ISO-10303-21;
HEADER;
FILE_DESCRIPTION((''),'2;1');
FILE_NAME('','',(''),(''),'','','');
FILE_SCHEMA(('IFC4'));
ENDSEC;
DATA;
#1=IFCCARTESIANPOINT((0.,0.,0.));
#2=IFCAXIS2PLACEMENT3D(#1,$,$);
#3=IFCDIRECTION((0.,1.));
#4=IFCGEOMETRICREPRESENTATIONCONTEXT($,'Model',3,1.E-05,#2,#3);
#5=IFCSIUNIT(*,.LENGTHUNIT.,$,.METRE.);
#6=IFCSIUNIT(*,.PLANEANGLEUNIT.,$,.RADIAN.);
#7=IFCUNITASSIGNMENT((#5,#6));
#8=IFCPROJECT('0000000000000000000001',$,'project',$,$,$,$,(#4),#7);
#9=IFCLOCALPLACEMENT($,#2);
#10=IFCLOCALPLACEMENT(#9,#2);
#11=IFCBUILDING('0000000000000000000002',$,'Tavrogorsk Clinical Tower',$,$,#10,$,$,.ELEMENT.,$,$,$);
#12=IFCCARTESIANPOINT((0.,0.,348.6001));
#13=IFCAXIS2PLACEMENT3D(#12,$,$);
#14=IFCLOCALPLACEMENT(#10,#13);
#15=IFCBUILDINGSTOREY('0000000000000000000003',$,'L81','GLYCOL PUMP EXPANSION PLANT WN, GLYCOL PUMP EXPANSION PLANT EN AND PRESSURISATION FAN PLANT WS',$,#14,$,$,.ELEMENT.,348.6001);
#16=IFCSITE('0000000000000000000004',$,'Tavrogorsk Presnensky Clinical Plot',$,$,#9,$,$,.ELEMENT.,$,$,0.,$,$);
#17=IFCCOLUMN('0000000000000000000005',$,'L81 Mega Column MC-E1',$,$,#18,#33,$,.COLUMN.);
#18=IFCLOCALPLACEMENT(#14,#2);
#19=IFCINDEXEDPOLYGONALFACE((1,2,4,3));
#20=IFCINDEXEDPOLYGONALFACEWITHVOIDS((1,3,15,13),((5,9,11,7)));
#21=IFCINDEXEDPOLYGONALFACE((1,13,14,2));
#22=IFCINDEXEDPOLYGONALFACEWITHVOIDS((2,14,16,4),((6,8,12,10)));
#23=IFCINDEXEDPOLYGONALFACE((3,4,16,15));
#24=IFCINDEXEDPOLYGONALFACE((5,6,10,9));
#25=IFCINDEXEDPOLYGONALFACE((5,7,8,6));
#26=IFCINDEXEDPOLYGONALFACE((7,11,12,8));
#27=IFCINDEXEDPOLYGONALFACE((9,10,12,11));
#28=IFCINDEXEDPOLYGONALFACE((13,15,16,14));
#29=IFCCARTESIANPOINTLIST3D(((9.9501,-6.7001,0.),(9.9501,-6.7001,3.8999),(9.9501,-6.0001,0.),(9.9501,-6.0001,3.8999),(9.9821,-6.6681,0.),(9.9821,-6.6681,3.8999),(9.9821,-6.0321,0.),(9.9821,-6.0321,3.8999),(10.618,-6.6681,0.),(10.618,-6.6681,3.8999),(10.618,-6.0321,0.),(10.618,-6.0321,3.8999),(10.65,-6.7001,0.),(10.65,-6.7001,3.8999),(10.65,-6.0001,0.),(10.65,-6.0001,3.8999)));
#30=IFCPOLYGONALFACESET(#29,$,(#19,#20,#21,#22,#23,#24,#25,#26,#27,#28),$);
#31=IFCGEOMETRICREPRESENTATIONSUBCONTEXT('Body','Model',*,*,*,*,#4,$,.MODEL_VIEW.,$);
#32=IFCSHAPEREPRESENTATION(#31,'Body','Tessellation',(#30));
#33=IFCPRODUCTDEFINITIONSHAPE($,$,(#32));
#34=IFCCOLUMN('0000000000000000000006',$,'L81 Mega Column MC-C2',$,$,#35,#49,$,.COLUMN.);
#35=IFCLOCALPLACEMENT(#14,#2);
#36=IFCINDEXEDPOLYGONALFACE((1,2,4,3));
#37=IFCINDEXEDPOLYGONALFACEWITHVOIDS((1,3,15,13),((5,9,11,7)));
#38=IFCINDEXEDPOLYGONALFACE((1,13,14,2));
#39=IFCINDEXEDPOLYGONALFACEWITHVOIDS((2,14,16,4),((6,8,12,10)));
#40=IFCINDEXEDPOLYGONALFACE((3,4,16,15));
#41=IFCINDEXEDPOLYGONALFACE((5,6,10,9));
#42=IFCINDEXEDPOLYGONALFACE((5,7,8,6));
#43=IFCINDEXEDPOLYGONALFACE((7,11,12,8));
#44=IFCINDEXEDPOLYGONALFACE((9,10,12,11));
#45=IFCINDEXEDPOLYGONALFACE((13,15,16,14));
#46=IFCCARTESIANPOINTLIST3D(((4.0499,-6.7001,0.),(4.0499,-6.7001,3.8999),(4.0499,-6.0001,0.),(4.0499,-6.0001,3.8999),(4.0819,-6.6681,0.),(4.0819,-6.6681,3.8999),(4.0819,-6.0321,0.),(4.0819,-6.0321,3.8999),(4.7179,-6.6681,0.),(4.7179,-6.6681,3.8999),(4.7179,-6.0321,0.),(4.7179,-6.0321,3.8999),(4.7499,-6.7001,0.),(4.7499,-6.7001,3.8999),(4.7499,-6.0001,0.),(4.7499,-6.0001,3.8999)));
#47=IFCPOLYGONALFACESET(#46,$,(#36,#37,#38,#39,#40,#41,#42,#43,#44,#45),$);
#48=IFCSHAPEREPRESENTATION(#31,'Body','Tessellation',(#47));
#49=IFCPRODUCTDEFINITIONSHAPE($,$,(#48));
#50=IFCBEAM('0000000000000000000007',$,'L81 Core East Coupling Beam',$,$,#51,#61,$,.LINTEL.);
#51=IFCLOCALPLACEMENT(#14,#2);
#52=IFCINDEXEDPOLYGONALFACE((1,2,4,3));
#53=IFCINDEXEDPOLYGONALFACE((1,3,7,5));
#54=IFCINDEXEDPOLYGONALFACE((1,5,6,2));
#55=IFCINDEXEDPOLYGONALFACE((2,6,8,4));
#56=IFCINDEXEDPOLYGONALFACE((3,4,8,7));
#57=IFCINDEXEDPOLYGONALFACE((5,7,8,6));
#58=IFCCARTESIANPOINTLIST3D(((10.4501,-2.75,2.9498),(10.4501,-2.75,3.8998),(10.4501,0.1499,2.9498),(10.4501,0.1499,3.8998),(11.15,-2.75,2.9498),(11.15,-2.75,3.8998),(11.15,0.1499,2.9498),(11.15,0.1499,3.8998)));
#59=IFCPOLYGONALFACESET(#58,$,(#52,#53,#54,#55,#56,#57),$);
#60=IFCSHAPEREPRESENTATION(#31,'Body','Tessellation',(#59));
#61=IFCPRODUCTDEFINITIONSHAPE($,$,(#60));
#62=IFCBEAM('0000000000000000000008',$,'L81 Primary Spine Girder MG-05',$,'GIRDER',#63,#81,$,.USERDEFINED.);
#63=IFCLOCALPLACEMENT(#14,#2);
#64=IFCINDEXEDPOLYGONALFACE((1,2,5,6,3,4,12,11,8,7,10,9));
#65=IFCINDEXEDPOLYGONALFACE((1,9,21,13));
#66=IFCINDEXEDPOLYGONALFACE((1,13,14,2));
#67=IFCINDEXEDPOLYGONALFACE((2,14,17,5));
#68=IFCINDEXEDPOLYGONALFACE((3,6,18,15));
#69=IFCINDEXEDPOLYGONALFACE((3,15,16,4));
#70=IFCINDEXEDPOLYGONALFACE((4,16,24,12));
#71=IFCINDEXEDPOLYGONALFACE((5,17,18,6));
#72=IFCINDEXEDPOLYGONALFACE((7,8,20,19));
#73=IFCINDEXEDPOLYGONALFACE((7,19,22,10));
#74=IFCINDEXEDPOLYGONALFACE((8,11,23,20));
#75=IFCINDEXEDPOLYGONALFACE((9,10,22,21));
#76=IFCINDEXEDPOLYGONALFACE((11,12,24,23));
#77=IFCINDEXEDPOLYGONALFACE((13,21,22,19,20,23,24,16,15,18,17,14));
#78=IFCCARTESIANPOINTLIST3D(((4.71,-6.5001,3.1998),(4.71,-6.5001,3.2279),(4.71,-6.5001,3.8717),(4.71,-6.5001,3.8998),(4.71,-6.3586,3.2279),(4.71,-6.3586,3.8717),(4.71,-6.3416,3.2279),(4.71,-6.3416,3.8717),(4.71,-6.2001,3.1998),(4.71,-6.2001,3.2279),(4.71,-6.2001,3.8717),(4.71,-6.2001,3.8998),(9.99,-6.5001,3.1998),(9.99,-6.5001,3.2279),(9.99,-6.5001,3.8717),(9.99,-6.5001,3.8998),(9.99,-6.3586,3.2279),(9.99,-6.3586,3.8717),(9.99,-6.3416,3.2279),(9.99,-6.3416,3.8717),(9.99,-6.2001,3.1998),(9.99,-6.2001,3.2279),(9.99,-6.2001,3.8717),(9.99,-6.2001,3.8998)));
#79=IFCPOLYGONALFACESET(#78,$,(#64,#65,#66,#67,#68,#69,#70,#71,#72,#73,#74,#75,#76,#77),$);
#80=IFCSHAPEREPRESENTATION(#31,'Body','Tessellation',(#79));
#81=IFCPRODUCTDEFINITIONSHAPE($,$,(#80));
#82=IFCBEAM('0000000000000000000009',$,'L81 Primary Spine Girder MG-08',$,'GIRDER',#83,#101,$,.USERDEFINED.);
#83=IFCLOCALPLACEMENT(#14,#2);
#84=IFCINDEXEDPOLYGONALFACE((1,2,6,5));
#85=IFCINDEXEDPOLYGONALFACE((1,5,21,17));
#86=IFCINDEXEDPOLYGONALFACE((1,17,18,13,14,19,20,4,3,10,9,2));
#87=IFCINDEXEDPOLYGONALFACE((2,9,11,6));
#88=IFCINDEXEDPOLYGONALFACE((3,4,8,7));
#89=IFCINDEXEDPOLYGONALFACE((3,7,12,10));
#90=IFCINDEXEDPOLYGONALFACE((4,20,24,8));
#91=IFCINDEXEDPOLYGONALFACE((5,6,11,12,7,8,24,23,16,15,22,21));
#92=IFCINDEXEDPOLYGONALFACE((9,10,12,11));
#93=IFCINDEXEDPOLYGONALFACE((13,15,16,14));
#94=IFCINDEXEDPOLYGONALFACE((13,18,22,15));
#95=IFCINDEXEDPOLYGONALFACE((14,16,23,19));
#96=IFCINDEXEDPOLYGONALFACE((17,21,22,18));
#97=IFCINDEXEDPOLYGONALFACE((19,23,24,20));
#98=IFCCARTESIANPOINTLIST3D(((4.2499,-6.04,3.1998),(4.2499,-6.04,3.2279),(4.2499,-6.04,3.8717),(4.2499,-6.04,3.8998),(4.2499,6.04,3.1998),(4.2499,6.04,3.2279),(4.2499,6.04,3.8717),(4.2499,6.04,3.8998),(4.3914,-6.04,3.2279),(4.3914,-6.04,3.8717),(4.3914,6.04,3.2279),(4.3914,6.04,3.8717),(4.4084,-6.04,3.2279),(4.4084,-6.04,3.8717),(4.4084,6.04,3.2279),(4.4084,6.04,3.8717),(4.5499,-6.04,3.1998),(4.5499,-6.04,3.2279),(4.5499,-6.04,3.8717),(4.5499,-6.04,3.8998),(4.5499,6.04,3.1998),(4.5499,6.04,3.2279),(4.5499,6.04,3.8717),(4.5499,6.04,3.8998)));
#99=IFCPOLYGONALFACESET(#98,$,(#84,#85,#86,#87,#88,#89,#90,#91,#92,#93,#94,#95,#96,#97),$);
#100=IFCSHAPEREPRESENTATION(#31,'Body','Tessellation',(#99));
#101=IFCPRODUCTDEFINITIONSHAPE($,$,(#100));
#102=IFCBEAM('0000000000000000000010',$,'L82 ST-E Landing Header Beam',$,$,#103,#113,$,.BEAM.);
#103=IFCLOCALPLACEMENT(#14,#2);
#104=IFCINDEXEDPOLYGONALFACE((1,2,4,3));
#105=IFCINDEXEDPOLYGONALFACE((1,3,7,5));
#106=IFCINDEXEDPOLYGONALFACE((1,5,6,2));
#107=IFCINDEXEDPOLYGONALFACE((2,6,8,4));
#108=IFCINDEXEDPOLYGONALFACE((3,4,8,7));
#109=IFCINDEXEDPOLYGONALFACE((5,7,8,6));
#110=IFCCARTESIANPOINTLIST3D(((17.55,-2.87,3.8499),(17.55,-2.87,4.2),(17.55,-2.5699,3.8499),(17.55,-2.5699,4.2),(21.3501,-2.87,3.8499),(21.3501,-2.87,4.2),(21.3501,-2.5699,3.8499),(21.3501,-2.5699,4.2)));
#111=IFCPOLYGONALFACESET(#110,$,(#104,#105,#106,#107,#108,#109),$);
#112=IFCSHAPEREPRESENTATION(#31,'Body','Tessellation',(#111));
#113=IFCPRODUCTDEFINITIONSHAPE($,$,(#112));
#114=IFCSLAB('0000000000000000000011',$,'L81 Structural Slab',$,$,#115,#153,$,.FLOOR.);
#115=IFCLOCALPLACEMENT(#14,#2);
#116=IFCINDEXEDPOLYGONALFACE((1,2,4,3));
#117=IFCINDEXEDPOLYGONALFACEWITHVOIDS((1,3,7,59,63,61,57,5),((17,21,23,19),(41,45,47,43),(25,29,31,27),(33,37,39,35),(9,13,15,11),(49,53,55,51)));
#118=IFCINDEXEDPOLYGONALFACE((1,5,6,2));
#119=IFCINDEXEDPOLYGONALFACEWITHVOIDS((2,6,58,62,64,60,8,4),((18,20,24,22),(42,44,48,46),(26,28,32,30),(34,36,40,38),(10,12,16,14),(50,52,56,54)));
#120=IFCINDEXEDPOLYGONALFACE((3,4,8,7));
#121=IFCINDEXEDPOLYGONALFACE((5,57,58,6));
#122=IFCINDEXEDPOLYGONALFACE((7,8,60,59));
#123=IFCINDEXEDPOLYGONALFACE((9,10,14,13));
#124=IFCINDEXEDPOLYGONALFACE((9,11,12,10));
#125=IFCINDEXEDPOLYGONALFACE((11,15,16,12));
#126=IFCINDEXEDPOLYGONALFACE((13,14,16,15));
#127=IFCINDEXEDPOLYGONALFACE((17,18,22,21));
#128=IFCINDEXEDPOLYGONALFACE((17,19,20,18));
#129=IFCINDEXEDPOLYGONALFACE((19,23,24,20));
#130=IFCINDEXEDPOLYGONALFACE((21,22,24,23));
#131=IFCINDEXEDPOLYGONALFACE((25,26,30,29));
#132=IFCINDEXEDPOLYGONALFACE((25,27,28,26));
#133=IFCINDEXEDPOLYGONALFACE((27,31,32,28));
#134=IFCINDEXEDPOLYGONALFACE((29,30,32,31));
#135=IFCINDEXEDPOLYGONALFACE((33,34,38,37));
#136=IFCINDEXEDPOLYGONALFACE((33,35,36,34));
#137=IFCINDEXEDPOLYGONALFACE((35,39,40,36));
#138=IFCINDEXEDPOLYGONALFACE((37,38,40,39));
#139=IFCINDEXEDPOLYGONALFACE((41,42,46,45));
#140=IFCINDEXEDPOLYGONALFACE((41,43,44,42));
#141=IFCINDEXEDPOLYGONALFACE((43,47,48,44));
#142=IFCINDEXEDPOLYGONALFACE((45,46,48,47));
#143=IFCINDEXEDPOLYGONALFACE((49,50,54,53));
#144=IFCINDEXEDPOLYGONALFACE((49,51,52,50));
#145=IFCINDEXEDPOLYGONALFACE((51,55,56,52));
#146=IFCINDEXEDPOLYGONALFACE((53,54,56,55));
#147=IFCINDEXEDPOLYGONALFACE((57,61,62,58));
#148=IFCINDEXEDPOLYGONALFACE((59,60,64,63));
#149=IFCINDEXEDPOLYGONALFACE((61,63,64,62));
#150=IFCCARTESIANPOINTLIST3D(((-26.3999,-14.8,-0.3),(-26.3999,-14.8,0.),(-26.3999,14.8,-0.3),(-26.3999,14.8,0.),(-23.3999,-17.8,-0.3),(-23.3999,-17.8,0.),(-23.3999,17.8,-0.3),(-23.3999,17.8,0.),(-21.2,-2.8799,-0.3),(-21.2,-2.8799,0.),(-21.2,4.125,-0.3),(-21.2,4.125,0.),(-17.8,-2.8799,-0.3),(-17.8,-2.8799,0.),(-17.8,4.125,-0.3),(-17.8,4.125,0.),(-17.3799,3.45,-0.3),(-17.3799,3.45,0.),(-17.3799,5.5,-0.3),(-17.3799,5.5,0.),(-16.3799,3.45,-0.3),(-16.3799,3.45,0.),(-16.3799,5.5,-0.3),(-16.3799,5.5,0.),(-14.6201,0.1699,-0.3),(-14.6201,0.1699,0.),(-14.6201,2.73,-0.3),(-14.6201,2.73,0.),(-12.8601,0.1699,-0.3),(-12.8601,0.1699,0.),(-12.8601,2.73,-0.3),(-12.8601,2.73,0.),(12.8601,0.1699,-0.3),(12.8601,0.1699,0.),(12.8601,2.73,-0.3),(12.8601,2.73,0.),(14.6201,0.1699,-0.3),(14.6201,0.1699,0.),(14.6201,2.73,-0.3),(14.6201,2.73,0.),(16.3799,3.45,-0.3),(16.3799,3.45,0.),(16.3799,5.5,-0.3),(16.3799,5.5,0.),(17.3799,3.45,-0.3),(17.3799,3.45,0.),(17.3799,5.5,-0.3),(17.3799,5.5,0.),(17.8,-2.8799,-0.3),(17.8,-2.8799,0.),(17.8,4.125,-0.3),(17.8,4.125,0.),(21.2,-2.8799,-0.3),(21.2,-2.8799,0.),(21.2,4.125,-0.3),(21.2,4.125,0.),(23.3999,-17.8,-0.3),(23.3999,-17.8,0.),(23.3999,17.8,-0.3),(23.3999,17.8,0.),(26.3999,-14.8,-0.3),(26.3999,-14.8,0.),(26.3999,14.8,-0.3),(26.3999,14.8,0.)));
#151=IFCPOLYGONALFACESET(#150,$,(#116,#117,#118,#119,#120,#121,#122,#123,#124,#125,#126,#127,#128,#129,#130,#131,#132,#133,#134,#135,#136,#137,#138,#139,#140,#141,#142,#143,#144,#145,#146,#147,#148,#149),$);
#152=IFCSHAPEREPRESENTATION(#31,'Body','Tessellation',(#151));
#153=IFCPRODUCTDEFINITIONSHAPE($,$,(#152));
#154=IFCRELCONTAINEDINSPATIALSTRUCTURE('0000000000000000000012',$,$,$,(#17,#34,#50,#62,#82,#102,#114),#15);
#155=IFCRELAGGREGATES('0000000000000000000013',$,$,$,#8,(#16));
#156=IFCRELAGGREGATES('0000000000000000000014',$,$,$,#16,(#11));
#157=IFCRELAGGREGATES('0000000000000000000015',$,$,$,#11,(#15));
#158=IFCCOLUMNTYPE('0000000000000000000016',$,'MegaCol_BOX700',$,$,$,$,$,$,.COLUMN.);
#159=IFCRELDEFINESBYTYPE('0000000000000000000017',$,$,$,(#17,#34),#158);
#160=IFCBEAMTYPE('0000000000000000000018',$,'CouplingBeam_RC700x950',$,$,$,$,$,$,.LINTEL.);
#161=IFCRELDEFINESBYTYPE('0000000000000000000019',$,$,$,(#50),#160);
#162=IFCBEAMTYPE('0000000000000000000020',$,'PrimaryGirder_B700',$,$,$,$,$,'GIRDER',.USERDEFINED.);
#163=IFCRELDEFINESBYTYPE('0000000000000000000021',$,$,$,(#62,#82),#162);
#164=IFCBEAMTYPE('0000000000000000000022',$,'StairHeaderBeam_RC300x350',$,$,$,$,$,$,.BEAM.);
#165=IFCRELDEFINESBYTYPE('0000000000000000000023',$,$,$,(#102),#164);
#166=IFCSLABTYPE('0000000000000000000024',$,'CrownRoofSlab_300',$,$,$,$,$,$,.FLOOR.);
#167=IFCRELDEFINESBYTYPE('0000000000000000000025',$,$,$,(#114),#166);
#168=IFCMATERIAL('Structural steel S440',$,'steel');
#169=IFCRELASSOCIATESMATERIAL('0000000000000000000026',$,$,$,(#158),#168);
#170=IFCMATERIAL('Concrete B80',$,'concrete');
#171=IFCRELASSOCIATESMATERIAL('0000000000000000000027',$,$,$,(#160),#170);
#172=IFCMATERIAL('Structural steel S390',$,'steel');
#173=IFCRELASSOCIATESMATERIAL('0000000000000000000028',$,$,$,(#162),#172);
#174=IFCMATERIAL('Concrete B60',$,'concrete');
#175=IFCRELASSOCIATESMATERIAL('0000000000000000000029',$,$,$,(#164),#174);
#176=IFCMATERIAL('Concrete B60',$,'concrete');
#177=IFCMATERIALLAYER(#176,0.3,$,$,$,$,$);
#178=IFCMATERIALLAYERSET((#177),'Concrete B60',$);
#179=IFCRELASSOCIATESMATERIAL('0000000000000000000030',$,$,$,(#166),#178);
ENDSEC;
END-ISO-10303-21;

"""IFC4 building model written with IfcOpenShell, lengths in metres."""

from ifc_helpers import new_model, si_unit, direction, frame, origin, origin_2d, place, context, subcontext, project, spatial, polyline, rectangle, hollow_rectangle, i_section, outline, extrude, material, layer, layer_set, material_profile, profile_set, type_object, element, save


model = new_model("IFC4")

# Units and contexts
model_context = context("Model", 3, precision=1e-05, world=origin(), true_north=direction((0.0, 1.0)))
body_context = subcontext(model_context, "Body", "Model", "MODEL_VIEW")
ifc_project = project(units=[si_unit("LENGTHUNIT", "METRE"), si_unit("PLANEANGLEUNIT", "RADIAN")], contexts=[model_context])

# Site, building, storey
site_placement = place(None, origin())
site = spatial("IfcSite", under=ifc_project, at=site_placement, Name="Tavrogorsk Presnensky Clinical Plot", CompositionType="ELEMENT", RefElevation=0.0)
building_placement = place(site_placement, origin())
building = spatial("IfcBuilding", under=site, at=building_placement, Name="Tavrogorsk Clinical Tower", CompositionType="ELEMENT")
storey_placement = place(building_placement, frame((0.0, 0.0, 348.6001)))
storey = spatial("IfcBuildingStorey", under=building, at=storey_placement, Name="L81", Description="GLYCOL PUMP EXPANSION PLANT WN, GLYCOL PUMP EXPANSION PLANT EN AND PRESSURISATION FAN PLANT WS", CompositionType="ELEMENT", Elevation=348.6001)

# Columns
ifc_material_1 = material(Name="Structural steel S440", Category="steel")
ifc_material_profile_1 = material_profile(ifc_material_1, hollow_rectangle(XDim=0.7, YDim=0.7, WallThickness=0.032, at=origin_2d()), Name="BOX-700x700x32")
ifc_profile_set_1 = profile_set([ifc_material_profile_1], Name="Structural steel S440")
column_type = type_object("IfcColumnType", Name="MegaCol_BOX700", PredefinedType="COLUMN", material=ifc_profile_set_1)
for number, where, z_axis, x_axis, name in (
    (1, (10.3, -6.3501, 0.0), (0.0, 0.0, 1.0), (1.0, 0.0, 0.0), "L81 Mega Column MC-E1"),
    (2, (4.3999, -6.3501, 0.0), (0.0, 0.0, 1.0), (1.0, 0.0, 0.0), "L81 Mega Column MC-C2"),
):
    element("IfcColumn", number, at=place(storey_placement, frame(where, z_axis=z_axis, x_axis=x_axis)), inside=storey, type_object=column_type, Name=name, PredefinedType="COLUMN", context=body_context, shape_type="SweptSolid", body=[
        extrude(hollow_rectangle(XDim=0.7, YDim=0.7, WallThickness=0.032, at=origin_2d()), origin(), (0.0, 0.0, 1.0), 3.8999),
    ])

# Beams
ifc_material_2 = material(Name="Concrete B80", Category="concrete")
ifc_material_profile_2 = material_profile(ifc_material_2, rectangle(XDim=0.7, YDim=0.95, at=origin_2d()), Name="RC-CB-700x950")
ifc_profile_set_2 = profile_set([ifc_material_profile_2], Name="Concrete B80")
beam_type_1 = type_object("IfcBeamType", Name="CouplingBeam_RC700x950", PredefinedType="LINTEL", material=ifc_profile_set_2)
beam_1_placement = place(storey_placement, frame((10.8, -2.75, 3.4248), z_axis=(0.0, 1.0, 0.0), x_axis=(-1.0, 0.0, 0.0)))
element("IfcBeam", 3, at=beam_1_placement, inside=storey, type_object=beam_type_1, Name="L81 Core East Coupling Beam", PredefinedType="LINTEL", context=body_context, shape_type="SweptSolid", body=[
    extrude(rectangle(XDim=0.7, YDim=0.95, at=origin_2d()), origin(), (0.0, 0.0, 1.0), 2.8999),
])
ifc_material_3 = material(Name="Structural steel S390", Category="steel")
ifc_material_profile_3 = material_profile(ifc_material_3, i_section(OverallWidth=0.3, OverallDepth=0.7, WebThickness=0.0171, FlangeThickness=0.0281, at=origin_2d()), Name="B-700x300x17x28")
ifc_profile_set_3 = profile_set([ifc_material_profile_3], Name="Structural steel S390")
beam_type_2 = type_object("IfcBeamType", Name="PrimaryGirder_B700", ElementType="GIRDER", PredefinedType="USERDEFINED", material=ifc_profile_set_3)
beam_2_placement = place(storey_placement, frame((4.71, -6.3501, 3.5498), z_axis=(1.0, 0.0, 0.0), x_axis=(0.0, 1.0, 0.0)))
element("IfcBeam", 4, at=beam_2_placement, inside=storey, type_object=beam_type_2, Name="L81 Primary Spine Girder MG-05", ObjectType="GIRDER", PredefinedType="USERDEFINED", context=body_context, shape_type="SweptSolid", body=[
    extrude(i_section(OverallWidth=0.3, OverallDepth=0.7, WebThickness=0.0171, FlangeThickness=0.0281, at=origin_2d()), origin(), (0.0, 0.0, 1.0), 5.28),
])
beam_3_placement = place(storey_placement, frame((4.3999, -6.04, 3.5498), z_axis=(0.0, 1.0, 0.0), x_axis=(-1.0, 0.0, 0.0)))
element("IfcBeam", 5, at=beam_3_placement, inside=storey, type_object=beam_type_2, Name="L81 Primary Spine Girder MG-08", ObjectType="GIRDER", PredefinedType="USERDEFINED", context=body_context, shape_type="SweptSolid", body=[
    extrude(i_section(OverallWidth=0.3, OverallDepth=0.7, WebThickness=0.0171, FlangeThickness=0.0281, at=origin_2d()), origin(), (0.0, 0.0, 1.0), 12.0801),
])
ifc_material_4 = material(Name="Concrete B60", Category="concrete")
ifc_material_profile_4 = material_profile(ifc_material_4, rectangle(XDim=0.3, YDim=0.3501, at=origin_2d()), Name="RC-SHB-300x350")
ifc_profile_set_4 = profile_set([ifc_material_profile_4], Name="Concrete B60")
beam_type_3 = type_object("IfcBeamType", Name="StairHeaderBeam_RC300x350", PredefinedType="BEAM", material=ifc_profile_set_4)
beam_4_placement = place(storey_placement, frame((17.55, -2.72, 4.0249), z_axis=(1.0, 0.0, 0.0), x_axis=(0.0, 1.0, 0.0)))
element("IfcBeam", 6, at=beam_4_placement, inside=storey, type_object=beam_type_3, Name="L82 ST-E Landing Header Beam", PredefinedType="BEAM", context=body_context, shape_type="SweptSolid", body=[
    extrude(rectangle(XDim=0.3, YDim=0.3501, at=origin_2d()), origin(), (0.0, 0.0, 1.0), 3.8),
])

# Slab
ifc_material_5 = material(Name="Concrete B60", Category="concrete")
ifc_layer_1 = layer(ifc_material_5, 0.3)
ifc_layer_set_1 = layer_set([ifc_layer_1], Name="Concrete B60")
slab_type = type_object("IfcSlabType", Name="CrownRoofSlab_300", PredefinedType="FLOOR", material=ifc_layer_set_1)
slab_placement = place(storey_placement, frame((0.0, 0.0, -0.3)))
element("IfcSlab", 7, at=slab_placement, inside=storey, type_object=slab_type, Name="L81 Structural Slab", PredefinedType="FLOOR", context=body_context, shape_type="SweptSolid", body=[
    extrude(outline(polyline([(-23.3999, -17.8), (23.3999, -17.8), (26.3999, -14.8), (26.3999, 14.8), (23.3999, 17.8), (-23.3999, 17.8), (-26.3999, 14.8), (-26.3999, -14.8), (-23.3999, -17.8)]), holes=[polyline([(-17.8, -2.8799), (-17.8, 4.125), (-21.2, 4.125), (-21.2, -2.8799), (-17.8, -2.8799)]), polyline([(21.2, -2.8799), (21.2, 4.125), (17.8, 4.125), (17.8, -2.8799), (21.2, -2.8799)]), polyline([(-14.6201, 0.1699), (-12.8601, 0.1699), (-12.8601, 2.73), (-14.6201, 2.73), (-14.6201, 0.1699)]), polyline([(12.8601, 0.1699), (14.6201, 0.1699), (14.6201, 2.73), (12.8601, 2.73), (12.8601, 0.1699)]), polyline([(-17.3799, 3.45), (-16.3799, 3.45), (-16.3799, 5.5), (-17.3799, 5.5), (-17.3799, 3.45)]), polyline([(16.3799, 3.45), (17.3799, 3.45), (17.3799, 5.5), (16.3799, 5.5), (16.3799, 3.45)])]), origin(), (0.0, 0.0, 1.0), 0.3),
])

save(model, "model.ifc")
